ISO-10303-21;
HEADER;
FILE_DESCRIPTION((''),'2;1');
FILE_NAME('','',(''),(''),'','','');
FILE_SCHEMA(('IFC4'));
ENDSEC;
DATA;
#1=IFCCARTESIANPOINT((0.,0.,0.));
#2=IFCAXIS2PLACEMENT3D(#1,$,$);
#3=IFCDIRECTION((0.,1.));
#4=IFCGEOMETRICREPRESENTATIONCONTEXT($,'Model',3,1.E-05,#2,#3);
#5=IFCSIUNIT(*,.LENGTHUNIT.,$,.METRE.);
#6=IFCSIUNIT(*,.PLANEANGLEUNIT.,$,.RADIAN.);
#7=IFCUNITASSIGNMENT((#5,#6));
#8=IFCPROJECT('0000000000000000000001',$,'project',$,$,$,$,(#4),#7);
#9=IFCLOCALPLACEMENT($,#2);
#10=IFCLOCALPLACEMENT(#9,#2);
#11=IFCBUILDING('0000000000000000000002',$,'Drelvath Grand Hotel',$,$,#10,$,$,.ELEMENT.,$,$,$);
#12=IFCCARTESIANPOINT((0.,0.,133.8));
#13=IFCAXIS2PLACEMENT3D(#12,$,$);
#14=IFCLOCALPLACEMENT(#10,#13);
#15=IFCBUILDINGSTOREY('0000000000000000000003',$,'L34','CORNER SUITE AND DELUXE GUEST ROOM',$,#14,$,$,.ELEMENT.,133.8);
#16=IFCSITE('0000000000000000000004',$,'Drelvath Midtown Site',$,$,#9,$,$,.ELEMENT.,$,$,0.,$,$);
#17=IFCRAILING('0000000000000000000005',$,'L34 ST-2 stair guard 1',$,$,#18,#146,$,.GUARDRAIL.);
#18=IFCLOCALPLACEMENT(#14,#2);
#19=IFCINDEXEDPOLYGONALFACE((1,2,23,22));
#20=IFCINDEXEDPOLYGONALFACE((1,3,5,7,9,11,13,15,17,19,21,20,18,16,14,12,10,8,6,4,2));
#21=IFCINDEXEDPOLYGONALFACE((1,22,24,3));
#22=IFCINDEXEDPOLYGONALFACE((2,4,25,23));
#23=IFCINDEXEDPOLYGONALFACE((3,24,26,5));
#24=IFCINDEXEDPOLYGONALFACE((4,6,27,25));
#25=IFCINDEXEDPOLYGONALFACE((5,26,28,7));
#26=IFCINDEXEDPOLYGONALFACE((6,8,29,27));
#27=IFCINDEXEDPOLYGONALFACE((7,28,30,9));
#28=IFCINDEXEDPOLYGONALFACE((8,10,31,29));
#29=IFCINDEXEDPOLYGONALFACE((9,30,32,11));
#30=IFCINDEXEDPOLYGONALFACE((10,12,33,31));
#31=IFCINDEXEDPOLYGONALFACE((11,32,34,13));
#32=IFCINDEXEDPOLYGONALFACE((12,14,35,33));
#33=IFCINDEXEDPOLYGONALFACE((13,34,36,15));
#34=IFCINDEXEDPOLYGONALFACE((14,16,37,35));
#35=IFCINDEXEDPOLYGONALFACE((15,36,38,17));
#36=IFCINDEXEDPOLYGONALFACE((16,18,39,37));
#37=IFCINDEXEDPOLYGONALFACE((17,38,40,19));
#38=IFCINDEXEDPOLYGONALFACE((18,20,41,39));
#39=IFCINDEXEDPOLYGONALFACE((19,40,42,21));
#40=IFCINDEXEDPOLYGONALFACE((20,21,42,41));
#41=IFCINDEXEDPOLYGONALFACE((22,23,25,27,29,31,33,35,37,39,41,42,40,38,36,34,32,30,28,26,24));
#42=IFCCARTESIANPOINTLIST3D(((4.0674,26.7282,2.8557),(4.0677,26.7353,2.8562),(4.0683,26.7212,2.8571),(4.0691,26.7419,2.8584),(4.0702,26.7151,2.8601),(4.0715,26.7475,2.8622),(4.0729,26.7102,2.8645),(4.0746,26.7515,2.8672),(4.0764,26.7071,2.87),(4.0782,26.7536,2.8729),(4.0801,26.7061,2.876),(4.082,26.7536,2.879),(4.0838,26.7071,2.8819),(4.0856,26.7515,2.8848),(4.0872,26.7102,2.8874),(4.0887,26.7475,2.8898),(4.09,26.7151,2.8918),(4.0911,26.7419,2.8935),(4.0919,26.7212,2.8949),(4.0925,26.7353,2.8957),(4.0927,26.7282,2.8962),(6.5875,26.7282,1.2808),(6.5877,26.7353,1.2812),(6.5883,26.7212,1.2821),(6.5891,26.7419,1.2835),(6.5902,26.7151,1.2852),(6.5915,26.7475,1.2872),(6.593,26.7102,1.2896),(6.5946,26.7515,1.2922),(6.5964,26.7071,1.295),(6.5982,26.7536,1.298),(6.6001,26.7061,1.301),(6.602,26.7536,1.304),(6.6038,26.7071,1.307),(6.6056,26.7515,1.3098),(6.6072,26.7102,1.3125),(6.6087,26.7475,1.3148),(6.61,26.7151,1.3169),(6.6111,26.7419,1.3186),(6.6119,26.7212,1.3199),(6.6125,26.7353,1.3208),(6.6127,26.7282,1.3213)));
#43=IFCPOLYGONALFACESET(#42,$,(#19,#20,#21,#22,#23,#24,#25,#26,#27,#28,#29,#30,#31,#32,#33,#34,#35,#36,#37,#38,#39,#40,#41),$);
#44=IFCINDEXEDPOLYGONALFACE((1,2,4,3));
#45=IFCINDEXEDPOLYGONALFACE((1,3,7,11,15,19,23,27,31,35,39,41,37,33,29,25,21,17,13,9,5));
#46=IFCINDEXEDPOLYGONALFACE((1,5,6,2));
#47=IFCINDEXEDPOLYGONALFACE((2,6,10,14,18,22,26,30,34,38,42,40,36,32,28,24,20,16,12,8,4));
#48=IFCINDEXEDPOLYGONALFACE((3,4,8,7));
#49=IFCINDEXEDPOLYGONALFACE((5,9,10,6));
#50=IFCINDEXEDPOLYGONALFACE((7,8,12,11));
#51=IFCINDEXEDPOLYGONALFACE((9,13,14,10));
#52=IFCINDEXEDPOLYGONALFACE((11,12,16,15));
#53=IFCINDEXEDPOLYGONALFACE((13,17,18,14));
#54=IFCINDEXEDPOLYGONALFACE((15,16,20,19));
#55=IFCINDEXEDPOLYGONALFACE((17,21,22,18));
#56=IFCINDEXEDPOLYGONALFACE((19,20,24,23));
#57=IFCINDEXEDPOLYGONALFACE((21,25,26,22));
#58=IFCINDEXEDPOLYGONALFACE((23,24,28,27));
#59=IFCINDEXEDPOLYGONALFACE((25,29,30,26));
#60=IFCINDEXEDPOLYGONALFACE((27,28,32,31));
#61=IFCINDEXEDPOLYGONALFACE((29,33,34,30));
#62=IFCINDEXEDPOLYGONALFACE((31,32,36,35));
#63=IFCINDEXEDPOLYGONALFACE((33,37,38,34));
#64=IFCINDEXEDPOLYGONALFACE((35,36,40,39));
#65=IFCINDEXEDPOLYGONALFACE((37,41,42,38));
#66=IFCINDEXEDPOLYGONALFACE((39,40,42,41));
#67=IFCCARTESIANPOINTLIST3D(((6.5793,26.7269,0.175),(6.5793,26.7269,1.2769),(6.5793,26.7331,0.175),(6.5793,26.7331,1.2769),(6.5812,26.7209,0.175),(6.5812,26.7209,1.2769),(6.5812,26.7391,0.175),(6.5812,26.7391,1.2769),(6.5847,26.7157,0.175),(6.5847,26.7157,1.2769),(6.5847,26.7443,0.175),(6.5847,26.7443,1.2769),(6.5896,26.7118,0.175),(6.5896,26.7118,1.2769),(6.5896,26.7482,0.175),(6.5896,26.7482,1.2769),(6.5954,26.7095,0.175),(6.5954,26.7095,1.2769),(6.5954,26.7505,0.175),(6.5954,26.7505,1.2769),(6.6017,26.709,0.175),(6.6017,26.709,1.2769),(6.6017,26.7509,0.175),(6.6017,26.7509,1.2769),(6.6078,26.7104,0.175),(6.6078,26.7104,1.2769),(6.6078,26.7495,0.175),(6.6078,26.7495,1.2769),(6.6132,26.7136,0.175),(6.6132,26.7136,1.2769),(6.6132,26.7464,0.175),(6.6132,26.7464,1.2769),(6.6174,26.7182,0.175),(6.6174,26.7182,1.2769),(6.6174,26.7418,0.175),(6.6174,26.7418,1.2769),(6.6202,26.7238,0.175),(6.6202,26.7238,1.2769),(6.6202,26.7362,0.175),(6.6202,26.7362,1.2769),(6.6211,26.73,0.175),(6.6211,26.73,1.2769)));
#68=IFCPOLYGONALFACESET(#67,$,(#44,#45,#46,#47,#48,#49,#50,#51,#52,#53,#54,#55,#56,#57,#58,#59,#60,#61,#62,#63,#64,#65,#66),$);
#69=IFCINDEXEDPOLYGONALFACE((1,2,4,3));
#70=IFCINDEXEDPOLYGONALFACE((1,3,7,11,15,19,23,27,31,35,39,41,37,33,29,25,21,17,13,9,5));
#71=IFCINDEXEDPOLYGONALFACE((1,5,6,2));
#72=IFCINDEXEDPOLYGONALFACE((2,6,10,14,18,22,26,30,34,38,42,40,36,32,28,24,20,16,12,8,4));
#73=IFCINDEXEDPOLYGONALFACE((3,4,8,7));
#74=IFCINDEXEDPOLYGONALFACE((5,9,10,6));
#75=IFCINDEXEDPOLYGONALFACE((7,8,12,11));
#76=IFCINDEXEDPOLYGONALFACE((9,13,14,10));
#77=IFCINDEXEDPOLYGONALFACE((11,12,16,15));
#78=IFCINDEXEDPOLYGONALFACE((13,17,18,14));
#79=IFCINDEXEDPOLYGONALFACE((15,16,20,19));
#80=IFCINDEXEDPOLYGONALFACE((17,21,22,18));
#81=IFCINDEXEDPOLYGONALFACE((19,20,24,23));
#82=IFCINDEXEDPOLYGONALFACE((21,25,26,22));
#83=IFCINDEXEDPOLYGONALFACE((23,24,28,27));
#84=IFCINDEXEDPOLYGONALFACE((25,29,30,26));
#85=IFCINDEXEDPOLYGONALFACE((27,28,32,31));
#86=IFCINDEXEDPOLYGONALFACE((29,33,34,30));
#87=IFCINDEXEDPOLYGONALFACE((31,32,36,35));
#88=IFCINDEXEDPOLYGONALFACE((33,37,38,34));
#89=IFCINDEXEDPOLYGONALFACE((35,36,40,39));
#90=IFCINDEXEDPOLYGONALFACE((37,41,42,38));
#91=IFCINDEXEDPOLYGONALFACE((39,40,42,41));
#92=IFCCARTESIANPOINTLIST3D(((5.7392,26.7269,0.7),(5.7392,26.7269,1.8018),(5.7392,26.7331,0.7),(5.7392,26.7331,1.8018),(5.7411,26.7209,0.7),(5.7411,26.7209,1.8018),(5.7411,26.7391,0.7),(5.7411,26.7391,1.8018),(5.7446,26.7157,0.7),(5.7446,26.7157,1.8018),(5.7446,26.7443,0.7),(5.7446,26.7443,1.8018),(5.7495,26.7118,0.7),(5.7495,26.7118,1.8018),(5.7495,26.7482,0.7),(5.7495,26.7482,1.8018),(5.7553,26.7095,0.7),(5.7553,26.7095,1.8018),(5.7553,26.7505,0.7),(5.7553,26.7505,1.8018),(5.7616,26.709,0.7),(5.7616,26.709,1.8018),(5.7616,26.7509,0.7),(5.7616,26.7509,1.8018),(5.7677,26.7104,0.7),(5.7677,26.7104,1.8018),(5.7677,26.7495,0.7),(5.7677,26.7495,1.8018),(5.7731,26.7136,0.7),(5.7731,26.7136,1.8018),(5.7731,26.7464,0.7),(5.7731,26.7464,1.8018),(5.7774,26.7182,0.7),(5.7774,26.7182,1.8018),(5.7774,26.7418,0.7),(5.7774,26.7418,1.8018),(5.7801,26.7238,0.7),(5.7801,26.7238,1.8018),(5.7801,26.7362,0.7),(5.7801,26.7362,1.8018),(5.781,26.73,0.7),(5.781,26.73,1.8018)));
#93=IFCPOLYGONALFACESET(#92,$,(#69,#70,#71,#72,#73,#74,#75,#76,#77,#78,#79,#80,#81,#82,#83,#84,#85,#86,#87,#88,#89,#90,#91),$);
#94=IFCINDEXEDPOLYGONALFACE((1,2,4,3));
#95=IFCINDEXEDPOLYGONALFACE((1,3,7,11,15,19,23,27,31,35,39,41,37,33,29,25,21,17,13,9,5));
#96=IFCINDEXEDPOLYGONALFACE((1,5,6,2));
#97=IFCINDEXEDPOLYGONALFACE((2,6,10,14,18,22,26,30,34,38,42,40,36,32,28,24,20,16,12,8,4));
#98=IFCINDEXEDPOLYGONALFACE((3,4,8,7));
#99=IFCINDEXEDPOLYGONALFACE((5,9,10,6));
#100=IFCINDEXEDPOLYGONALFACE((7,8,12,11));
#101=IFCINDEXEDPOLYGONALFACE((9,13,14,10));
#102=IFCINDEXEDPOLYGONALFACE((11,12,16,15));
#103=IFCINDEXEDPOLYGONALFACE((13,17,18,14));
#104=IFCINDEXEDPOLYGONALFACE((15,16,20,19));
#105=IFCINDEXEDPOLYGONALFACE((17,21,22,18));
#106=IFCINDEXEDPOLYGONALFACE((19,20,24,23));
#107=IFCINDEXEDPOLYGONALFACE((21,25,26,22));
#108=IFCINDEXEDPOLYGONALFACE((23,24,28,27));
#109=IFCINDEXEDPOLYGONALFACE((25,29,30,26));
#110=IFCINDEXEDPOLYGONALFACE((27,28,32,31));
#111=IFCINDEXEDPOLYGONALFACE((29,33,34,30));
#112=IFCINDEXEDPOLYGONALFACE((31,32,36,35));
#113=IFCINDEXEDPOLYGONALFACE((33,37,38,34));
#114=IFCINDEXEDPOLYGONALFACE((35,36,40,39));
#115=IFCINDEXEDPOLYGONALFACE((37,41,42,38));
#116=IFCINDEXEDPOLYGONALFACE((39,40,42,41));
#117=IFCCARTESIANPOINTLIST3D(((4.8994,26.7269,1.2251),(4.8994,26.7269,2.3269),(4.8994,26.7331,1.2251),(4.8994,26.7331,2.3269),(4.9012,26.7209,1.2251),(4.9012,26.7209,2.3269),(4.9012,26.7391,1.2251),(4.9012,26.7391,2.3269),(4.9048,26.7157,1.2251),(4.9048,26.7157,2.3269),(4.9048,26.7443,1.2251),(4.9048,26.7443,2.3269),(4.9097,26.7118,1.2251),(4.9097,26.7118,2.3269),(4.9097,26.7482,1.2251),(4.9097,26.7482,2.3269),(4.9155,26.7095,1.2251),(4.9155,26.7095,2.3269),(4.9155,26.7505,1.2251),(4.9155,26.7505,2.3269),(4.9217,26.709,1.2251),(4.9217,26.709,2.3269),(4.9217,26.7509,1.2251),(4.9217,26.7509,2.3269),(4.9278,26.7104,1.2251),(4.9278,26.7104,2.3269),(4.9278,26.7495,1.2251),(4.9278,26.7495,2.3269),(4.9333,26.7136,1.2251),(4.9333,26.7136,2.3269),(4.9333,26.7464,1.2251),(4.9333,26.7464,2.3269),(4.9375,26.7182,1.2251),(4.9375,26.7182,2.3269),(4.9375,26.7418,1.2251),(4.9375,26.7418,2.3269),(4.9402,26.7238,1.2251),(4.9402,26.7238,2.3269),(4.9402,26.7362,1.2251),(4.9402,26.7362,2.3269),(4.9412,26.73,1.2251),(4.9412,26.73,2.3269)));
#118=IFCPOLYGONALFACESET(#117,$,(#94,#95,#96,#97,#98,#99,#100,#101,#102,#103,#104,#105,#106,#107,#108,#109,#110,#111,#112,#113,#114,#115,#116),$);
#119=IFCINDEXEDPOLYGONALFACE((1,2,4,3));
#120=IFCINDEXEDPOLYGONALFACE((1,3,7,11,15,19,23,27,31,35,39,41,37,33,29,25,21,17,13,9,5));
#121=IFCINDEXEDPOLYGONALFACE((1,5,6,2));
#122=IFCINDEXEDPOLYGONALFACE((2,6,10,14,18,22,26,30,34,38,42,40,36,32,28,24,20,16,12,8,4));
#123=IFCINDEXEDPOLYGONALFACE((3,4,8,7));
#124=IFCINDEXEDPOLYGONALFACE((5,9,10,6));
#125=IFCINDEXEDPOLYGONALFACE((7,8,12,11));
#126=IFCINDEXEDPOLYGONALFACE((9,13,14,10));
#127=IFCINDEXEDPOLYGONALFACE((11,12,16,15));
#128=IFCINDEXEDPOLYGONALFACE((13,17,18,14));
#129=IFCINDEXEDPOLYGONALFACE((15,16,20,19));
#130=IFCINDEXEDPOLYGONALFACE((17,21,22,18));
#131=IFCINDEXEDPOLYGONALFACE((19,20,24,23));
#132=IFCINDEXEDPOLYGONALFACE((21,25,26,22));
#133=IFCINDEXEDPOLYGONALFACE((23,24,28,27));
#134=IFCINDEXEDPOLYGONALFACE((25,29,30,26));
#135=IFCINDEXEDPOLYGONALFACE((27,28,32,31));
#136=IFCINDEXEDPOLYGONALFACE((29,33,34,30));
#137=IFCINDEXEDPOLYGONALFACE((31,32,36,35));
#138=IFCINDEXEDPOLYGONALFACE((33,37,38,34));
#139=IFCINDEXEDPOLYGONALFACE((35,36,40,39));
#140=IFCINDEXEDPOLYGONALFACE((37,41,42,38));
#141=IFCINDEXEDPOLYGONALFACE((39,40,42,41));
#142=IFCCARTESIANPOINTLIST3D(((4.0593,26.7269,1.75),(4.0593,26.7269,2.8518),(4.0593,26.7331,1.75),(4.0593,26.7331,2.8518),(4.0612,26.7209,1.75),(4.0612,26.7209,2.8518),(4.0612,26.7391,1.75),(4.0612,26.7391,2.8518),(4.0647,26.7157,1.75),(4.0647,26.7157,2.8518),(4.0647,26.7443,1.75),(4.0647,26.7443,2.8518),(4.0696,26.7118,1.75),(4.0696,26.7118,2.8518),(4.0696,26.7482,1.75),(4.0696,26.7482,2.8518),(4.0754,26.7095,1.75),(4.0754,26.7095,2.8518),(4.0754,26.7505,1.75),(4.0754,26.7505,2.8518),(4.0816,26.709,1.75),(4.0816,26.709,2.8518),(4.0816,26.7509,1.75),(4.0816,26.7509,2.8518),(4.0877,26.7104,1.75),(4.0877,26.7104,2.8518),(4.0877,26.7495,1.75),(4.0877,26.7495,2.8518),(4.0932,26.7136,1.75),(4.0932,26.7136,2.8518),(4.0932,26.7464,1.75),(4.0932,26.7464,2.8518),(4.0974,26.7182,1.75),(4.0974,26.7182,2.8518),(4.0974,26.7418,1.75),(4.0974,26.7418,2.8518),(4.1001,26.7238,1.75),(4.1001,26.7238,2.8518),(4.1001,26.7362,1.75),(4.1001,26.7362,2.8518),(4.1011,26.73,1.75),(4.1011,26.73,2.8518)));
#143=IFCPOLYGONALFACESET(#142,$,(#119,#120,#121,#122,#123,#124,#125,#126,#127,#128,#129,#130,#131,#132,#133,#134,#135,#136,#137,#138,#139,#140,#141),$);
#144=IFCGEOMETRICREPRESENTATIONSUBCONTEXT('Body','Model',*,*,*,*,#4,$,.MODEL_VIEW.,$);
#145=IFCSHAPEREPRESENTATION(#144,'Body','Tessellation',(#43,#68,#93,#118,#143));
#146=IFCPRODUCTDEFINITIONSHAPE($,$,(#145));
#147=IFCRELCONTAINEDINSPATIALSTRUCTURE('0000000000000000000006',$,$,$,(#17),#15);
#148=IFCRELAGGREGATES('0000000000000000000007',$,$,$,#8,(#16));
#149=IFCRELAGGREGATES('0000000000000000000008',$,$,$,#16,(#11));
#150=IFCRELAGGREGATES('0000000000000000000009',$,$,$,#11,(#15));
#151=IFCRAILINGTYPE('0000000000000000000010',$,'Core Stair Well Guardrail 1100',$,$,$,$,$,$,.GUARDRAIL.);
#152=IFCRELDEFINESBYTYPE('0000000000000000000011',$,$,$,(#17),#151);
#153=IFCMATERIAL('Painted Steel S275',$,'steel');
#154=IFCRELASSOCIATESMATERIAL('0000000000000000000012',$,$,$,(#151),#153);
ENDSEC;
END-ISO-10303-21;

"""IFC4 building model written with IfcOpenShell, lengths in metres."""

from ifc_helpers import new_model, si_unit, direction, frame, origin, origin_2d, place, context, subcontext, project, spatial, circle, extrude, material, type_object, element, save


model = new_model("IFC4")

# Units and contexts
model_context = context("Model", 3, precision=1e-05, world=origin(), true_north=direction((0.0, 1.0)))
body_context = subcontext(model_context, "Body", "Model", "MODEL_VIEW")
ifc_project = project(units=[si_unit("LENGTHUNIT", "METRE"), si_unit("PLANEANGLEUNIT", "RADIAN")], contexts=[model_context])

# Site, building, storey
site_placement = place(None, origin())
site = spatial("IfcSite", under=ifc_project, at=site_placement, Name="Drelvath Midtown Site", CompositionType="ELEMENT", RefElevation=0.0)
building_placement = place(site_placement, origin())
building = spatial("IfcBuilding", under=site, at=building_placement, Name="Drelvath Grand Hotel", CompositionType="ELEMENT")
storey_placement = place(building_placement, frame((0.0, 0.0, 133.8)))
storey = spatial("IfcBuildingStorey", under=building, at=storey_placement, Name="L34", Description="CORNER SUITE AND DELUXE GUEST ROOM", CompositionType="ELEMENT", Elevation=133.8)

# Railing
ifc_material_1 = material(Name="Painted Steel S275", Category="steel")
railing_type_1 = type_object("IfcRailingType", Name="Core Stair Well Guardrail 1100", PredefinedType="GUARDRAIL", material=ifc_material_1)
railing_1_placement = place(storey_placement, frame((6.6001, 26.73, 0.175)))
element("IfcRailing", 1, at=railing_1_placement, inside=storey, type_object=railing_type_1, Name="L34 ST-2 stair guard 1", PredefinedType="GUARDRAIL", context=body_context, shape_type="SweptSolid", body=[
    extrude(circle(Radius=0.0239, at=origin_2d()), frame((0.0, 0.0, 1.126), z_axis=(-0.848008, 0.0, 0.529984), x_axis=(0.0, -1.0, 0.0)), (0.0, 0.0, 1.0), 2.9717),
    extrude(circle(Radius=0.021, at=origin_2d()), origin(), (0.0, 0.0, 1.0), 1.1018),
    extrude(circle(Radius=0.021, at=origin_2d()), frame((-0.8401, 0.0, 0.5249)), (0.0, 0.0, 1.0), 1.1018),
    extrude(circle(Radius=0.021, at=origin_2d()), frame((-1.6799, 0.0, 1.05)), (0.0, 0.0, 1.0), 1.1018),
    extrude(circle(Radius=0.021, at=origin_2d()), frame((-2.52, 0.0, 1.575)), (0.0, 0.0, 1.0), 1.1018),
])

save(model, "model.ifc")
